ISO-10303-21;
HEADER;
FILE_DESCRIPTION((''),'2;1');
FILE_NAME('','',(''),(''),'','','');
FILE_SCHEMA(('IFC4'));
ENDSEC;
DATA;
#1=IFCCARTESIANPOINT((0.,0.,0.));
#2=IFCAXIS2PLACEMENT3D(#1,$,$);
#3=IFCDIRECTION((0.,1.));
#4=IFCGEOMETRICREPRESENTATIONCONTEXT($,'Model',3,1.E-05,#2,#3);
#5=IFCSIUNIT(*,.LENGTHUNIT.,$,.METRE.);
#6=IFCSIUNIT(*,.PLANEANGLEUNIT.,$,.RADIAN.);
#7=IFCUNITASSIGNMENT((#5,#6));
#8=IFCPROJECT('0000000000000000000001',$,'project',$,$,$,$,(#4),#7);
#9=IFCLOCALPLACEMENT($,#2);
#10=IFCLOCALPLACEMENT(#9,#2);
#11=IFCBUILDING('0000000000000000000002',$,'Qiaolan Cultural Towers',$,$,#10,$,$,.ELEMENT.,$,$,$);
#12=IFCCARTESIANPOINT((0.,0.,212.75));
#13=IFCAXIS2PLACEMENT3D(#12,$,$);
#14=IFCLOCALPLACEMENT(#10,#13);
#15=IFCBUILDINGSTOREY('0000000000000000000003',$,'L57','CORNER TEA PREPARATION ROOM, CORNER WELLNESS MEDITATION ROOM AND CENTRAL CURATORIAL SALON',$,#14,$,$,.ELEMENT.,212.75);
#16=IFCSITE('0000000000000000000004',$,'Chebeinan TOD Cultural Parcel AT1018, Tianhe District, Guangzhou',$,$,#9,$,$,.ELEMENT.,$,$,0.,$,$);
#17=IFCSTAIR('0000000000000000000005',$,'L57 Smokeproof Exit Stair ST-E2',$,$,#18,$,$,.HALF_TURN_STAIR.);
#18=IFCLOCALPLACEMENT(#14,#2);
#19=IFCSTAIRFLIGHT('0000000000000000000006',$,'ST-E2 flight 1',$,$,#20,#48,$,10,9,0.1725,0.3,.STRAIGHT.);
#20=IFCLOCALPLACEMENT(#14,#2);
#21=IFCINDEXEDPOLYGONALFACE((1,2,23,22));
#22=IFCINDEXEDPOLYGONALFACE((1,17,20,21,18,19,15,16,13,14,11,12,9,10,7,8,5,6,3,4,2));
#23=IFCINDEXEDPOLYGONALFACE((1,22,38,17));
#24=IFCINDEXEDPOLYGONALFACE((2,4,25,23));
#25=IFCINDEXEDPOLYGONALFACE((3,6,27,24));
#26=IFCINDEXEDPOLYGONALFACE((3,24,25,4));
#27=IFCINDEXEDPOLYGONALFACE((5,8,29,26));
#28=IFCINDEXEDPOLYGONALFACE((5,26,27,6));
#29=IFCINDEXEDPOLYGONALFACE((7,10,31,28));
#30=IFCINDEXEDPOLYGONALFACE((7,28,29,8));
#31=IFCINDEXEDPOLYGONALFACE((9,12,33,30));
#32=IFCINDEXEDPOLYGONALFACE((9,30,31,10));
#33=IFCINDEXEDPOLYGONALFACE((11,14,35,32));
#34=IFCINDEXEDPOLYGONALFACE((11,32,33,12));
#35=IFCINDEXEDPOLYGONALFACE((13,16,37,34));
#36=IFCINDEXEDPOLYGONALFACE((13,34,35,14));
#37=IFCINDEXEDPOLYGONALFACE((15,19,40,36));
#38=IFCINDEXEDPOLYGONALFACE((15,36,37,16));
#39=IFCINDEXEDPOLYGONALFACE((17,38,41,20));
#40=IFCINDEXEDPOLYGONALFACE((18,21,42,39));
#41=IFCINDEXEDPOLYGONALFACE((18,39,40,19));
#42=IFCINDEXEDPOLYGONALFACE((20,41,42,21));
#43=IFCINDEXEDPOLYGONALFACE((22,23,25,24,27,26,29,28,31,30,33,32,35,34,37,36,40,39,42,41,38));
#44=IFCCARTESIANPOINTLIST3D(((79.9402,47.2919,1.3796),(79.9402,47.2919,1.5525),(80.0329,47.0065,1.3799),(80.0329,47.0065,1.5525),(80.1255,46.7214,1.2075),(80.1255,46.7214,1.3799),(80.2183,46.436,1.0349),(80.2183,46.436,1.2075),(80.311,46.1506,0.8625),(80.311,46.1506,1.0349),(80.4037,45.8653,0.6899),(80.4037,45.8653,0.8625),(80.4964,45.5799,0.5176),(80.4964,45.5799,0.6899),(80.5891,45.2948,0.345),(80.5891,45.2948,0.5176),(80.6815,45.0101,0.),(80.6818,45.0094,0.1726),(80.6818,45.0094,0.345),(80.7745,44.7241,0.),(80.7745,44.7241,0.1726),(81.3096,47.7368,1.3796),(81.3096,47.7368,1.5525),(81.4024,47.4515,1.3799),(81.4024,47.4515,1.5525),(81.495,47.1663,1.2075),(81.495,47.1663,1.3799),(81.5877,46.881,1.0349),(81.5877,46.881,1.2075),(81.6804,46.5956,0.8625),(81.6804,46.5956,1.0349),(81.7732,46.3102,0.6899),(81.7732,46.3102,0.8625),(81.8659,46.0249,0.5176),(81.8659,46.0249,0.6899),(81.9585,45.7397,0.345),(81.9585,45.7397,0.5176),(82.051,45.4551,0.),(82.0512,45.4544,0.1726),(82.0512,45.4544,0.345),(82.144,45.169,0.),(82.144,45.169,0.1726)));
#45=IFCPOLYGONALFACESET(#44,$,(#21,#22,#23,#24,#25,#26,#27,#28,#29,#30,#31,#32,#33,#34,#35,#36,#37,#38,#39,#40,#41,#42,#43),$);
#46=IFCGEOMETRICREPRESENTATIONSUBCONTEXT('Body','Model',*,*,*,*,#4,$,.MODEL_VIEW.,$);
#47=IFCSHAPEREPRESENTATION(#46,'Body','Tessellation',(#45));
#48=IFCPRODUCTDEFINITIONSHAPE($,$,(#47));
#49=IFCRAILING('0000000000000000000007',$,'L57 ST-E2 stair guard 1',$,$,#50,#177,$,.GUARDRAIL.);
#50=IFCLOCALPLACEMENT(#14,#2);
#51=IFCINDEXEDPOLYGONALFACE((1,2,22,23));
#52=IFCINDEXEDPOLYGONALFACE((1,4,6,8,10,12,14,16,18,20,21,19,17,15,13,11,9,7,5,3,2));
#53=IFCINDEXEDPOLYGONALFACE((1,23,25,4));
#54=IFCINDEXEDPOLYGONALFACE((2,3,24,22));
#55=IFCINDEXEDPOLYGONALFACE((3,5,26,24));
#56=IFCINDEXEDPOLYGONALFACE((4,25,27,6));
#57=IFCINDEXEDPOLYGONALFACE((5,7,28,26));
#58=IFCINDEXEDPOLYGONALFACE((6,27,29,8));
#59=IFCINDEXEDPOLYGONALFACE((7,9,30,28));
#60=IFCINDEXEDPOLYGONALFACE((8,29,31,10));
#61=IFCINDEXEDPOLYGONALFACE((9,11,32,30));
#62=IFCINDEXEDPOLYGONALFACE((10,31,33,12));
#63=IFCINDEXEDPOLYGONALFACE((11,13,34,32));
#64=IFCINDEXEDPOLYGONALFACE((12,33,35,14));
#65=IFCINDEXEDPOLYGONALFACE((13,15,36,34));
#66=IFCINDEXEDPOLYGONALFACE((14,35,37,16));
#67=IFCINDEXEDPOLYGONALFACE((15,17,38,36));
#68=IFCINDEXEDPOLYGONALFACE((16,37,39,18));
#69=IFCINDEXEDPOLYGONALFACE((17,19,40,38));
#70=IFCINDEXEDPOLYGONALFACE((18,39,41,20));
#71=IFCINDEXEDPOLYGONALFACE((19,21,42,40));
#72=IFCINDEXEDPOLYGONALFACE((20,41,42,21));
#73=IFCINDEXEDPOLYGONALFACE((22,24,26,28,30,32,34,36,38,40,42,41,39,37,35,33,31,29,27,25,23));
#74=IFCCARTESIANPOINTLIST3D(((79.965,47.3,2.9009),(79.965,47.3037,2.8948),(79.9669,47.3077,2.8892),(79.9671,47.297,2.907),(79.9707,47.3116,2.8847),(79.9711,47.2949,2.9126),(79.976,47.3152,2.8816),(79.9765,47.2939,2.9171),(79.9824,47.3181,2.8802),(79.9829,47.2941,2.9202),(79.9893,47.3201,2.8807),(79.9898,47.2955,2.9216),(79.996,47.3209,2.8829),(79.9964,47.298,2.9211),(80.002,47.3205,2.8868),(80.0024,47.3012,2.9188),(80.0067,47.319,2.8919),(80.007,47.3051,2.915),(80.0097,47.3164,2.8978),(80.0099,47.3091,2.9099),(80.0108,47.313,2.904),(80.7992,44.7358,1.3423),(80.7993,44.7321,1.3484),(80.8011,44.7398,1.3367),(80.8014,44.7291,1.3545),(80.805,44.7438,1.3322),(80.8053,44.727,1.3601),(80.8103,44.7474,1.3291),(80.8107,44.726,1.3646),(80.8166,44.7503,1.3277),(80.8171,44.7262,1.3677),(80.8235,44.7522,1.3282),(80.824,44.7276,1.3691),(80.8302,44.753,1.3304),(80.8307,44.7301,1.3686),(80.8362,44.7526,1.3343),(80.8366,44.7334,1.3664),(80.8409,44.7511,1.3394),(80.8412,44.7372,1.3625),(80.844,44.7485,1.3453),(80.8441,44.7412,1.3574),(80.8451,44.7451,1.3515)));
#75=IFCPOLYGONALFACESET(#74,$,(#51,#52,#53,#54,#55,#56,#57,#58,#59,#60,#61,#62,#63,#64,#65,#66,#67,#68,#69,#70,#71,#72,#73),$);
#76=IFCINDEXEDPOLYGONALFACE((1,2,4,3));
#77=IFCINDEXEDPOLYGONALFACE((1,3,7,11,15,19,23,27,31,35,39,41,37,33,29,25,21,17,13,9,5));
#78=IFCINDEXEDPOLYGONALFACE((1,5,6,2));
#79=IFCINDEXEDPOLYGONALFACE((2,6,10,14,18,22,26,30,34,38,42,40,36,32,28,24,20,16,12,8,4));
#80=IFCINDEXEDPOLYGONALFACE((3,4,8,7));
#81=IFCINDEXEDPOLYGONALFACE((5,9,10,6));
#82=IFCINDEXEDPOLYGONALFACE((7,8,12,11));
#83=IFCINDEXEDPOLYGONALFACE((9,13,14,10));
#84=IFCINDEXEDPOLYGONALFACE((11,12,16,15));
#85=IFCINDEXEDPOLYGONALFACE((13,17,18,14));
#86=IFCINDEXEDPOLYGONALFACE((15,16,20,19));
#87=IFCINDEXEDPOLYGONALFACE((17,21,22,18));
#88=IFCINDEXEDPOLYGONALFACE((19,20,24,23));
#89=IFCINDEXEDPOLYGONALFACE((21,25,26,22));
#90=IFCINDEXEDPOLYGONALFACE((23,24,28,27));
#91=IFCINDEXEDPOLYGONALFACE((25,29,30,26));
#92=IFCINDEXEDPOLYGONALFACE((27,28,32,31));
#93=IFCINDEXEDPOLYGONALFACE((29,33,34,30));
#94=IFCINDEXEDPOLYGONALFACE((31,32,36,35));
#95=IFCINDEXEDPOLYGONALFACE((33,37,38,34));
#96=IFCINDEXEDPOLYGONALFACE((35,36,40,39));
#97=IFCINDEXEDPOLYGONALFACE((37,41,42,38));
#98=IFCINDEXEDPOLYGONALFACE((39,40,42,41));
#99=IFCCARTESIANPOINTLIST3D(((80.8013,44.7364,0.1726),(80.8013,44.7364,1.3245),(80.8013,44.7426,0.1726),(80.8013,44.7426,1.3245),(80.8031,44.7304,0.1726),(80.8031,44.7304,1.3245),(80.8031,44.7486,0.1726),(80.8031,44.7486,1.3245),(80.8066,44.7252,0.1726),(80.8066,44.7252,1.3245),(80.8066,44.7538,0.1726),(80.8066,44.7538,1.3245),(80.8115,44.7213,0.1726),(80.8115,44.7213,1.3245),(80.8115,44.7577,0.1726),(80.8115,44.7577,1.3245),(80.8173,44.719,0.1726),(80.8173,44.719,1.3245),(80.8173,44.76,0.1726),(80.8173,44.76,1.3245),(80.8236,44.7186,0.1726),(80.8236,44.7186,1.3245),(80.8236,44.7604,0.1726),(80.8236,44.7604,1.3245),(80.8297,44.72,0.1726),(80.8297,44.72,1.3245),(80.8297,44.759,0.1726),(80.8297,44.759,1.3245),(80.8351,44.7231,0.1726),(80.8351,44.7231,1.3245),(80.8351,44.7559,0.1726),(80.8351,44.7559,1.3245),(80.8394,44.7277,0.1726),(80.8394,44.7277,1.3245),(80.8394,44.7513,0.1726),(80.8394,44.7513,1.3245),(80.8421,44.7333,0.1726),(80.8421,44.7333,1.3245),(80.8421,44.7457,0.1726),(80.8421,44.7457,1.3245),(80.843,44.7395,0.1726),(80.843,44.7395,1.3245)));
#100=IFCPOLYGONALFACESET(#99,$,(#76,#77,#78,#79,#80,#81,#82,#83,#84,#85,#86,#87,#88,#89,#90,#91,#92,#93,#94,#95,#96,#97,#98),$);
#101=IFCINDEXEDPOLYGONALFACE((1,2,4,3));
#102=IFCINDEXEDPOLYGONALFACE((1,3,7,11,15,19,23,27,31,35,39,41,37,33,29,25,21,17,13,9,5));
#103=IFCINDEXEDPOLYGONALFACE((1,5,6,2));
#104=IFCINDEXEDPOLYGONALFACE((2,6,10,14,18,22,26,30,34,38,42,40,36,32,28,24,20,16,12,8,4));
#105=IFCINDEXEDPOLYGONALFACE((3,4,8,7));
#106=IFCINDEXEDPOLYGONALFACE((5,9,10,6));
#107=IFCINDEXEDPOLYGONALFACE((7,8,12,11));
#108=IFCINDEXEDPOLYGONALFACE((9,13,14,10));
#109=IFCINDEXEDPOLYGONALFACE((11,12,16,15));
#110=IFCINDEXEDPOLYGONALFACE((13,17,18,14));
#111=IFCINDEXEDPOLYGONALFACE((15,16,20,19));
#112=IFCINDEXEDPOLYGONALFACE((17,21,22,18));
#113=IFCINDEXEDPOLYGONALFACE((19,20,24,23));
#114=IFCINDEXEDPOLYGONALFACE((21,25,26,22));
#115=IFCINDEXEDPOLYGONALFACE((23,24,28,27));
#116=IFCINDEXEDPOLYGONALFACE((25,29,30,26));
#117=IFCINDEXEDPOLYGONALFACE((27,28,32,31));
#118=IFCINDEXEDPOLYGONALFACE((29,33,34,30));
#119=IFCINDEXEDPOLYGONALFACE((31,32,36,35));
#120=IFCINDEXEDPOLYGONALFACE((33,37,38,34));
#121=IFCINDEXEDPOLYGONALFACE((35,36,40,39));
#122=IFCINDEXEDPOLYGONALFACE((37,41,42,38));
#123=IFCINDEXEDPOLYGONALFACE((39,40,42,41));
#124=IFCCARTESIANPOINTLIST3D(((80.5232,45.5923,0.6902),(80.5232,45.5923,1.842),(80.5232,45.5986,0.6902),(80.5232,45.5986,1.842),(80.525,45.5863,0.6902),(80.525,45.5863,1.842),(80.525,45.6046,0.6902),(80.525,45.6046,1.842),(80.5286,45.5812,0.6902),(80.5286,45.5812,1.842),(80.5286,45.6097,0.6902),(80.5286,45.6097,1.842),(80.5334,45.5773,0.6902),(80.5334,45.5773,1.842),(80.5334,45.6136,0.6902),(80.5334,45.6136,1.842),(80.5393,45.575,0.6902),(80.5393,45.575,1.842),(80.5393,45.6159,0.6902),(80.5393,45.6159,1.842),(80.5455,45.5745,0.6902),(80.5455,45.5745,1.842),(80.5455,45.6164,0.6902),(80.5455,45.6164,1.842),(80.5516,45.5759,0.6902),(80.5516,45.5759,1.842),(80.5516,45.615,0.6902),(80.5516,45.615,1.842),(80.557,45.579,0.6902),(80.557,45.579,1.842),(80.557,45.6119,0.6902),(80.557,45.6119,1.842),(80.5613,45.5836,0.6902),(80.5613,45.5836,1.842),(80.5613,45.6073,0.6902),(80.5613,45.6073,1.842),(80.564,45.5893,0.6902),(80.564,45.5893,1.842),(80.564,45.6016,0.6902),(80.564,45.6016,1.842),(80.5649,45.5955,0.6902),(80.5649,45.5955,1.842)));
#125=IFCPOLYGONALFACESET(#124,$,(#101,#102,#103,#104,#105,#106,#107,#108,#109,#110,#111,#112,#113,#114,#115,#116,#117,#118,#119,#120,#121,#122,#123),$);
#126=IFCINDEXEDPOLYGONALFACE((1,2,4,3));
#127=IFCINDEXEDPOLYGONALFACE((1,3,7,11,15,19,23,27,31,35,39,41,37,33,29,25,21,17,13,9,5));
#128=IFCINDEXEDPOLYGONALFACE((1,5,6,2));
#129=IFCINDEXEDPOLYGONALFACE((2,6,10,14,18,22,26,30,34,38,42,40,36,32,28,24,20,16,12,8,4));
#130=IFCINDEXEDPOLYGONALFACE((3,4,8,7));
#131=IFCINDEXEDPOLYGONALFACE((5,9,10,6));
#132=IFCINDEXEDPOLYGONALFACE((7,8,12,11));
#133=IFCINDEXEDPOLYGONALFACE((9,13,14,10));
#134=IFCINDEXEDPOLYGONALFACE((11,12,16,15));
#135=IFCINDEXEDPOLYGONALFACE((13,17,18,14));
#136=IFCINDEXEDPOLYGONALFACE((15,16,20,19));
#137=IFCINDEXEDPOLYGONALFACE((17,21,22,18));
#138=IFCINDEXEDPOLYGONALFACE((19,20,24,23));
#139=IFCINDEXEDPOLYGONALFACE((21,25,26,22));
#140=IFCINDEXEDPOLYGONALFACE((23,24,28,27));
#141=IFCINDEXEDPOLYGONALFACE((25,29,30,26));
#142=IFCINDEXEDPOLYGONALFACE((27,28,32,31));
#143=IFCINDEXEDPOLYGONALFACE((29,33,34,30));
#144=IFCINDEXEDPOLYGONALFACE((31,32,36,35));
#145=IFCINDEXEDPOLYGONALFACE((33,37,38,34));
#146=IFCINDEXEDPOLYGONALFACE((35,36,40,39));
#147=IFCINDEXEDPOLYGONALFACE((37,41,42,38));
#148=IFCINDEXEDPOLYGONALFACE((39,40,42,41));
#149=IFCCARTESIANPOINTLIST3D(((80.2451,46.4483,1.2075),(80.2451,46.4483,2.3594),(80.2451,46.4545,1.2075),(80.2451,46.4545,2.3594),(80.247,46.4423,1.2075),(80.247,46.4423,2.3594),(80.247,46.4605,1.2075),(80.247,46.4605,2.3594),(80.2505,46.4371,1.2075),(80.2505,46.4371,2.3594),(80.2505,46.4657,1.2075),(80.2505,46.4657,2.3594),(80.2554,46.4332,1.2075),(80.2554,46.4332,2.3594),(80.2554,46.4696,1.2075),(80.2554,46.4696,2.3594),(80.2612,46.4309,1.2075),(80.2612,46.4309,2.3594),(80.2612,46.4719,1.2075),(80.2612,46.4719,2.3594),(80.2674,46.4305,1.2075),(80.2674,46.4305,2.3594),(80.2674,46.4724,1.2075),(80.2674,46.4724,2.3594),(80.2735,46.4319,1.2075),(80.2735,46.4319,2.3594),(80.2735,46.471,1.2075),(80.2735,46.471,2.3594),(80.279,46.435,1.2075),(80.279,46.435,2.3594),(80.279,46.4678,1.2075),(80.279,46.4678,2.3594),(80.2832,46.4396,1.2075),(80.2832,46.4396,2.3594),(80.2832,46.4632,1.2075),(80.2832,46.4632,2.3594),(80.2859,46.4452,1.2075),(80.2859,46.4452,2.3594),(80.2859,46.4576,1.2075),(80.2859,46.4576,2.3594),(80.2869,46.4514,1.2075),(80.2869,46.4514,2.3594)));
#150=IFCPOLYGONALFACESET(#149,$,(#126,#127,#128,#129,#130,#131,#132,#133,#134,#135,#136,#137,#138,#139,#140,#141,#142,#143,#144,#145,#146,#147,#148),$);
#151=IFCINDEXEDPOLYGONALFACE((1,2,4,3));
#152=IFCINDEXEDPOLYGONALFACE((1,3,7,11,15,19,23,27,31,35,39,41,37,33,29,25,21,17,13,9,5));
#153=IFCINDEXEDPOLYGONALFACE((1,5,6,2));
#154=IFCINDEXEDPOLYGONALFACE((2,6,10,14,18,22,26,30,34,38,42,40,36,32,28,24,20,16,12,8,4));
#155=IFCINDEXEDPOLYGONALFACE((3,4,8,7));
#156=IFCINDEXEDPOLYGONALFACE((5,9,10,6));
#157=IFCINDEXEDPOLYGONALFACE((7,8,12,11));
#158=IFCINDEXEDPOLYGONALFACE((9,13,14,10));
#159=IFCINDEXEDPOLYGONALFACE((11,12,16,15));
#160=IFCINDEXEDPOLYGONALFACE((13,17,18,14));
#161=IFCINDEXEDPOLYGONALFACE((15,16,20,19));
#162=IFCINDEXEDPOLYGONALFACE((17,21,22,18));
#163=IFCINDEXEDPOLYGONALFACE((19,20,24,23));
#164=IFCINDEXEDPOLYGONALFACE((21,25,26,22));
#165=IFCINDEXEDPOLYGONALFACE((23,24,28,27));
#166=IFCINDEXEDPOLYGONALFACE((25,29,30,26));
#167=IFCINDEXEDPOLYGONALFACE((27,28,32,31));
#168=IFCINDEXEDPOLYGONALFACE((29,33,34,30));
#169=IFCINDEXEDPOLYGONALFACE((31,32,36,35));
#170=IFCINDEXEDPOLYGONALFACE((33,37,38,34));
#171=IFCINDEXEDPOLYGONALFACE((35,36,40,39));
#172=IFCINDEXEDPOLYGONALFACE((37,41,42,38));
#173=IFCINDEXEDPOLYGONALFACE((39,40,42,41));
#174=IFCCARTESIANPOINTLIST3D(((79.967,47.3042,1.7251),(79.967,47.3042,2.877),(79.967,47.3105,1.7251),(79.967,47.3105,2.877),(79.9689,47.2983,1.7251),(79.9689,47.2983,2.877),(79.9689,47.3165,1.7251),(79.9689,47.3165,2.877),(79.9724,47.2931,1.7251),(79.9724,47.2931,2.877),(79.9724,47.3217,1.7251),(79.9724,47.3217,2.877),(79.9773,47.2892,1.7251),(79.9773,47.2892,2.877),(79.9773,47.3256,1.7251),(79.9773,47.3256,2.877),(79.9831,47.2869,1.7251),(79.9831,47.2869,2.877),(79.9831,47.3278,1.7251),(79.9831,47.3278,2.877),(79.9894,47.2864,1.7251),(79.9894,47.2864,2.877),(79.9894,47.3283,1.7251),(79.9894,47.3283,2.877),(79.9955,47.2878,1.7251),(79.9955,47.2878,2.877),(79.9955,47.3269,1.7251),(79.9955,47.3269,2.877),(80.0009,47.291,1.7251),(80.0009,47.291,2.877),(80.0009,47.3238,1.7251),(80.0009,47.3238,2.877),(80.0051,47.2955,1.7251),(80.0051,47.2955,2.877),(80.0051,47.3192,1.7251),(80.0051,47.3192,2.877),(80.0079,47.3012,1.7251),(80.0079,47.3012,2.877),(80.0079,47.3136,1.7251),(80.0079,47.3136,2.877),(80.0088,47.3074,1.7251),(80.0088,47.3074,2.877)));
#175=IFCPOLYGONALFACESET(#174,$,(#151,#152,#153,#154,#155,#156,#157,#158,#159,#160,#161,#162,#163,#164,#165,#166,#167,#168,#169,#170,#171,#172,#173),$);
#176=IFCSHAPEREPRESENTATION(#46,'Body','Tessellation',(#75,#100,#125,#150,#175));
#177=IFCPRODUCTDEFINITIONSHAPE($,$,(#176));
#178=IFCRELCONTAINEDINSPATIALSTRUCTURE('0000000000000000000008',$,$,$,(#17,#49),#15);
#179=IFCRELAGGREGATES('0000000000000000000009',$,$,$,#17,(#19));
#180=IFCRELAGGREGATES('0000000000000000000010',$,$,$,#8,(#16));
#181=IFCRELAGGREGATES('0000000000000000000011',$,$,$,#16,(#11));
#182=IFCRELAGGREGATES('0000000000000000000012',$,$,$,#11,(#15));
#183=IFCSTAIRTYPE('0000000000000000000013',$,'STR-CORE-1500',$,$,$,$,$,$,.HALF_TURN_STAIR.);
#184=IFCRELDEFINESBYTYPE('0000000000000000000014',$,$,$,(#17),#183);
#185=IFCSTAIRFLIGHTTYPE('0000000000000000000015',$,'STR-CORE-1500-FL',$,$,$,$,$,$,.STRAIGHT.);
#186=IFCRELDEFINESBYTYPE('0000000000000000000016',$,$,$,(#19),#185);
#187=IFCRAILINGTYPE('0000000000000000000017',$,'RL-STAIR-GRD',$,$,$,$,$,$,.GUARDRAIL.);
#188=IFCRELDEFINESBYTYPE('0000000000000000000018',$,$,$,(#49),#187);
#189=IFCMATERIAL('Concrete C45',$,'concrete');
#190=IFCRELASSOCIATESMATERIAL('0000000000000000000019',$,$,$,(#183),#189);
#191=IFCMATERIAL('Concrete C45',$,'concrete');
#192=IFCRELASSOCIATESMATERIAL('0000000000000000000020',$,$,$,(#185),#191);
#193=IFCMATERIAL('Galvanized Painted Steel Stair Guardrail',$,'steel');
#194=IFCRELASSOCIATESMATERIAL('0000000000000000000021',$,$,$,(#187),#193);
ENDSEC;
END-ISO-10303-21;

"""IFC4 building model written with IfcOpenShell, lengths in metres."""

from ifc_helpers import new_model, si_unit, direction, frame, origin, origin_2d, place, context, subcontext, project, spatial, polyline, circle, outline, extrude, material, type_object, element, aggregate, save


model = new_model("IFC4")

# Units and contexts
model_context = context("Model", 3, precision=1e-05, world=origin(), true_north=direction((0.0, 1.0)))
body_context = subcontext(model_context, "Body", "Model", "MODEL_VIEW")
ifc_project = project(units=[si_unit("LENGTHUNIT", "METRE"), si_unit("PLANEANGLEUNIT", "RADIAN")], contexts=[model_context])

# Site, building, storey
site_placement = place(None, origin())
site = spatial("IfcSite", under=ifc_project, at=site_placement, Name="Chebeinan TOD Cultural Parcel AT1018, Tianhe District, Guangzhou", CompositionType="ELEMENT", RefElevation=0.0)
building_placement = place(site_placement, origin())
building = spatial("IfcBuilding", under=site, at=building_placement, Name="Qiaolan Cultural Towers", CompositionType="ELEMENT")
storey_placement = place(building_placement, frame((0.0, 0.0, 212.75)))
storey = spatial("IfcBuildingStorey", under=building, at=storey_placement, Name="L57", Description="CORNER TEA PREPARATION ROOM, CORNER WELLNESS MEDITATION ROOM AND CENTRAL CURATORIAL SALON", CompositionType="ELEMENT", Elevation=212.75)

# Stair, stair flight
ifc_material_1 = material(Name="Concrete C45", Category="concrete")
stair_type = type_object("IfcStairType", Name="STR-CORE-1500", PredefinedType="HALF_TURN_STAIR", material=ifc_material_1)
stair_placement = place(storey_placement, origin())
stair = element("IfcStair", 1, at=stair_placement, inside=storey, type_object=stair_type, Name="L57 Smokeproof Exit Stair ST-E2", PredefinedType="HALF_TURN_STAIR")
ifc_material_2 = material(Name="Concrete C45", Category="concrete")
stair_flight_type = type_object("IfcStairFlightType", Name="STR-CORE-1500-FL", PredefinedType="STRAIGHT", material=ifc_material_2)
stair_flight_placement = place(storey_placement, frame((81.4592, 44.9465, 0.0), z_axis=(0.0, 0.0, 1.0), x_axis=(-0.309017, 0.951057, 0.0)))
stair_flight = element("IfcStairFlight", 2, at=stair_flight_placement, type_object=stair_flight_type, Name="ST-E2 flight 1", NumberOfRisers=10, NumberOfTreads=9, PredefinedType="STRAIGHT", RiserHeight=0.1725, TreadLength=0.3, context=body_context, shape_type="SweptSolid", body=[
    extrude(outline(polyline([(0.0, 0.0), (0.0, 0.1726), (0.3, 0.1726), (0.3, 0.345), (0.6001, 0.345), (0.6001, 0.5176), (0.8999, 0.5176), (0.8999, 0.6899), (1.2, 0.6899), (1.2, 0.8625), (1.5, 0.8625), (1.5, 1.0349), (1.8, 1.0349), (1.8, 1.2075), (2.1001, 1.2075), (2.1001, 1.3799), (2.3999, 1.3799), (2.3999, 1.5525), (2.7, 1.5525), (2.7, 1.7251), (2.7, 1.3796), (0.3008, 0.0), (0.0, 0.0)])), frame((0.0, 0.72, 0.0), z_axis=(0.0, -1.0, 0.0), x_axis=(1.0, 0.0, 0.0)), (0.0, 0.0, 1.0), 1.4399),
])
aggregate(stair, [stair_flight])

# Railing
ifc_material_3 = material(Name="Galvanized Painted Steel Stair Guardrail", Category="steel")
railing_type_1 = type_object("IfcRailingType", Name="RL-STAIR-GRD", PredefinedType="GUARDRAIL", material=ifc_material_3)
railing_1_placement = place(storey_placement, frame((80.822, 44.7395, 0.1726)))
element("IfcRailing", 3, at=railing_1_placement, inside=storey, type_object=railing_type_1, Name="L57 ST-E2 stair guard 1", PredefinedType="GUARDRAIL", context=body_context, shape_type="SweptSolid", body=[
    extrude(circle(Radius=0.0239, at=origin_2d()), frame((0.0, 0.0, 1.1758), z_axis=(-0.267853, 0.824488, 0.498471), x_axis=(-0.95107, -0.308976, 0.0)), (0.0, 0.0, 1.0), 3.1145),
    extrude(circle(Radius=0.021, at=origin_2d()), origin(), (0.0, 0.0, 1.0), 1.1519),
    extrude(circle(Radius=0.021, at=origin_2d()), frame((-0.2781, 0.856, 0.5176)), (0.0, 0.0, 1.0), 1.1519),
    extrude(circle(Radius=0.021, at=origin_2d()), frame((-0.5562, 1.7119, 1.0349)), (0.0, 0.0, 1.0), 1.1519),
    extrude(circle(Radius=0.021, at=origin_2d()), frame((-0.8342, 2.5679, 1.5525)), (0.0, 0.0, 1.0), 1.1519),
])

save(model, "model.ifc")
